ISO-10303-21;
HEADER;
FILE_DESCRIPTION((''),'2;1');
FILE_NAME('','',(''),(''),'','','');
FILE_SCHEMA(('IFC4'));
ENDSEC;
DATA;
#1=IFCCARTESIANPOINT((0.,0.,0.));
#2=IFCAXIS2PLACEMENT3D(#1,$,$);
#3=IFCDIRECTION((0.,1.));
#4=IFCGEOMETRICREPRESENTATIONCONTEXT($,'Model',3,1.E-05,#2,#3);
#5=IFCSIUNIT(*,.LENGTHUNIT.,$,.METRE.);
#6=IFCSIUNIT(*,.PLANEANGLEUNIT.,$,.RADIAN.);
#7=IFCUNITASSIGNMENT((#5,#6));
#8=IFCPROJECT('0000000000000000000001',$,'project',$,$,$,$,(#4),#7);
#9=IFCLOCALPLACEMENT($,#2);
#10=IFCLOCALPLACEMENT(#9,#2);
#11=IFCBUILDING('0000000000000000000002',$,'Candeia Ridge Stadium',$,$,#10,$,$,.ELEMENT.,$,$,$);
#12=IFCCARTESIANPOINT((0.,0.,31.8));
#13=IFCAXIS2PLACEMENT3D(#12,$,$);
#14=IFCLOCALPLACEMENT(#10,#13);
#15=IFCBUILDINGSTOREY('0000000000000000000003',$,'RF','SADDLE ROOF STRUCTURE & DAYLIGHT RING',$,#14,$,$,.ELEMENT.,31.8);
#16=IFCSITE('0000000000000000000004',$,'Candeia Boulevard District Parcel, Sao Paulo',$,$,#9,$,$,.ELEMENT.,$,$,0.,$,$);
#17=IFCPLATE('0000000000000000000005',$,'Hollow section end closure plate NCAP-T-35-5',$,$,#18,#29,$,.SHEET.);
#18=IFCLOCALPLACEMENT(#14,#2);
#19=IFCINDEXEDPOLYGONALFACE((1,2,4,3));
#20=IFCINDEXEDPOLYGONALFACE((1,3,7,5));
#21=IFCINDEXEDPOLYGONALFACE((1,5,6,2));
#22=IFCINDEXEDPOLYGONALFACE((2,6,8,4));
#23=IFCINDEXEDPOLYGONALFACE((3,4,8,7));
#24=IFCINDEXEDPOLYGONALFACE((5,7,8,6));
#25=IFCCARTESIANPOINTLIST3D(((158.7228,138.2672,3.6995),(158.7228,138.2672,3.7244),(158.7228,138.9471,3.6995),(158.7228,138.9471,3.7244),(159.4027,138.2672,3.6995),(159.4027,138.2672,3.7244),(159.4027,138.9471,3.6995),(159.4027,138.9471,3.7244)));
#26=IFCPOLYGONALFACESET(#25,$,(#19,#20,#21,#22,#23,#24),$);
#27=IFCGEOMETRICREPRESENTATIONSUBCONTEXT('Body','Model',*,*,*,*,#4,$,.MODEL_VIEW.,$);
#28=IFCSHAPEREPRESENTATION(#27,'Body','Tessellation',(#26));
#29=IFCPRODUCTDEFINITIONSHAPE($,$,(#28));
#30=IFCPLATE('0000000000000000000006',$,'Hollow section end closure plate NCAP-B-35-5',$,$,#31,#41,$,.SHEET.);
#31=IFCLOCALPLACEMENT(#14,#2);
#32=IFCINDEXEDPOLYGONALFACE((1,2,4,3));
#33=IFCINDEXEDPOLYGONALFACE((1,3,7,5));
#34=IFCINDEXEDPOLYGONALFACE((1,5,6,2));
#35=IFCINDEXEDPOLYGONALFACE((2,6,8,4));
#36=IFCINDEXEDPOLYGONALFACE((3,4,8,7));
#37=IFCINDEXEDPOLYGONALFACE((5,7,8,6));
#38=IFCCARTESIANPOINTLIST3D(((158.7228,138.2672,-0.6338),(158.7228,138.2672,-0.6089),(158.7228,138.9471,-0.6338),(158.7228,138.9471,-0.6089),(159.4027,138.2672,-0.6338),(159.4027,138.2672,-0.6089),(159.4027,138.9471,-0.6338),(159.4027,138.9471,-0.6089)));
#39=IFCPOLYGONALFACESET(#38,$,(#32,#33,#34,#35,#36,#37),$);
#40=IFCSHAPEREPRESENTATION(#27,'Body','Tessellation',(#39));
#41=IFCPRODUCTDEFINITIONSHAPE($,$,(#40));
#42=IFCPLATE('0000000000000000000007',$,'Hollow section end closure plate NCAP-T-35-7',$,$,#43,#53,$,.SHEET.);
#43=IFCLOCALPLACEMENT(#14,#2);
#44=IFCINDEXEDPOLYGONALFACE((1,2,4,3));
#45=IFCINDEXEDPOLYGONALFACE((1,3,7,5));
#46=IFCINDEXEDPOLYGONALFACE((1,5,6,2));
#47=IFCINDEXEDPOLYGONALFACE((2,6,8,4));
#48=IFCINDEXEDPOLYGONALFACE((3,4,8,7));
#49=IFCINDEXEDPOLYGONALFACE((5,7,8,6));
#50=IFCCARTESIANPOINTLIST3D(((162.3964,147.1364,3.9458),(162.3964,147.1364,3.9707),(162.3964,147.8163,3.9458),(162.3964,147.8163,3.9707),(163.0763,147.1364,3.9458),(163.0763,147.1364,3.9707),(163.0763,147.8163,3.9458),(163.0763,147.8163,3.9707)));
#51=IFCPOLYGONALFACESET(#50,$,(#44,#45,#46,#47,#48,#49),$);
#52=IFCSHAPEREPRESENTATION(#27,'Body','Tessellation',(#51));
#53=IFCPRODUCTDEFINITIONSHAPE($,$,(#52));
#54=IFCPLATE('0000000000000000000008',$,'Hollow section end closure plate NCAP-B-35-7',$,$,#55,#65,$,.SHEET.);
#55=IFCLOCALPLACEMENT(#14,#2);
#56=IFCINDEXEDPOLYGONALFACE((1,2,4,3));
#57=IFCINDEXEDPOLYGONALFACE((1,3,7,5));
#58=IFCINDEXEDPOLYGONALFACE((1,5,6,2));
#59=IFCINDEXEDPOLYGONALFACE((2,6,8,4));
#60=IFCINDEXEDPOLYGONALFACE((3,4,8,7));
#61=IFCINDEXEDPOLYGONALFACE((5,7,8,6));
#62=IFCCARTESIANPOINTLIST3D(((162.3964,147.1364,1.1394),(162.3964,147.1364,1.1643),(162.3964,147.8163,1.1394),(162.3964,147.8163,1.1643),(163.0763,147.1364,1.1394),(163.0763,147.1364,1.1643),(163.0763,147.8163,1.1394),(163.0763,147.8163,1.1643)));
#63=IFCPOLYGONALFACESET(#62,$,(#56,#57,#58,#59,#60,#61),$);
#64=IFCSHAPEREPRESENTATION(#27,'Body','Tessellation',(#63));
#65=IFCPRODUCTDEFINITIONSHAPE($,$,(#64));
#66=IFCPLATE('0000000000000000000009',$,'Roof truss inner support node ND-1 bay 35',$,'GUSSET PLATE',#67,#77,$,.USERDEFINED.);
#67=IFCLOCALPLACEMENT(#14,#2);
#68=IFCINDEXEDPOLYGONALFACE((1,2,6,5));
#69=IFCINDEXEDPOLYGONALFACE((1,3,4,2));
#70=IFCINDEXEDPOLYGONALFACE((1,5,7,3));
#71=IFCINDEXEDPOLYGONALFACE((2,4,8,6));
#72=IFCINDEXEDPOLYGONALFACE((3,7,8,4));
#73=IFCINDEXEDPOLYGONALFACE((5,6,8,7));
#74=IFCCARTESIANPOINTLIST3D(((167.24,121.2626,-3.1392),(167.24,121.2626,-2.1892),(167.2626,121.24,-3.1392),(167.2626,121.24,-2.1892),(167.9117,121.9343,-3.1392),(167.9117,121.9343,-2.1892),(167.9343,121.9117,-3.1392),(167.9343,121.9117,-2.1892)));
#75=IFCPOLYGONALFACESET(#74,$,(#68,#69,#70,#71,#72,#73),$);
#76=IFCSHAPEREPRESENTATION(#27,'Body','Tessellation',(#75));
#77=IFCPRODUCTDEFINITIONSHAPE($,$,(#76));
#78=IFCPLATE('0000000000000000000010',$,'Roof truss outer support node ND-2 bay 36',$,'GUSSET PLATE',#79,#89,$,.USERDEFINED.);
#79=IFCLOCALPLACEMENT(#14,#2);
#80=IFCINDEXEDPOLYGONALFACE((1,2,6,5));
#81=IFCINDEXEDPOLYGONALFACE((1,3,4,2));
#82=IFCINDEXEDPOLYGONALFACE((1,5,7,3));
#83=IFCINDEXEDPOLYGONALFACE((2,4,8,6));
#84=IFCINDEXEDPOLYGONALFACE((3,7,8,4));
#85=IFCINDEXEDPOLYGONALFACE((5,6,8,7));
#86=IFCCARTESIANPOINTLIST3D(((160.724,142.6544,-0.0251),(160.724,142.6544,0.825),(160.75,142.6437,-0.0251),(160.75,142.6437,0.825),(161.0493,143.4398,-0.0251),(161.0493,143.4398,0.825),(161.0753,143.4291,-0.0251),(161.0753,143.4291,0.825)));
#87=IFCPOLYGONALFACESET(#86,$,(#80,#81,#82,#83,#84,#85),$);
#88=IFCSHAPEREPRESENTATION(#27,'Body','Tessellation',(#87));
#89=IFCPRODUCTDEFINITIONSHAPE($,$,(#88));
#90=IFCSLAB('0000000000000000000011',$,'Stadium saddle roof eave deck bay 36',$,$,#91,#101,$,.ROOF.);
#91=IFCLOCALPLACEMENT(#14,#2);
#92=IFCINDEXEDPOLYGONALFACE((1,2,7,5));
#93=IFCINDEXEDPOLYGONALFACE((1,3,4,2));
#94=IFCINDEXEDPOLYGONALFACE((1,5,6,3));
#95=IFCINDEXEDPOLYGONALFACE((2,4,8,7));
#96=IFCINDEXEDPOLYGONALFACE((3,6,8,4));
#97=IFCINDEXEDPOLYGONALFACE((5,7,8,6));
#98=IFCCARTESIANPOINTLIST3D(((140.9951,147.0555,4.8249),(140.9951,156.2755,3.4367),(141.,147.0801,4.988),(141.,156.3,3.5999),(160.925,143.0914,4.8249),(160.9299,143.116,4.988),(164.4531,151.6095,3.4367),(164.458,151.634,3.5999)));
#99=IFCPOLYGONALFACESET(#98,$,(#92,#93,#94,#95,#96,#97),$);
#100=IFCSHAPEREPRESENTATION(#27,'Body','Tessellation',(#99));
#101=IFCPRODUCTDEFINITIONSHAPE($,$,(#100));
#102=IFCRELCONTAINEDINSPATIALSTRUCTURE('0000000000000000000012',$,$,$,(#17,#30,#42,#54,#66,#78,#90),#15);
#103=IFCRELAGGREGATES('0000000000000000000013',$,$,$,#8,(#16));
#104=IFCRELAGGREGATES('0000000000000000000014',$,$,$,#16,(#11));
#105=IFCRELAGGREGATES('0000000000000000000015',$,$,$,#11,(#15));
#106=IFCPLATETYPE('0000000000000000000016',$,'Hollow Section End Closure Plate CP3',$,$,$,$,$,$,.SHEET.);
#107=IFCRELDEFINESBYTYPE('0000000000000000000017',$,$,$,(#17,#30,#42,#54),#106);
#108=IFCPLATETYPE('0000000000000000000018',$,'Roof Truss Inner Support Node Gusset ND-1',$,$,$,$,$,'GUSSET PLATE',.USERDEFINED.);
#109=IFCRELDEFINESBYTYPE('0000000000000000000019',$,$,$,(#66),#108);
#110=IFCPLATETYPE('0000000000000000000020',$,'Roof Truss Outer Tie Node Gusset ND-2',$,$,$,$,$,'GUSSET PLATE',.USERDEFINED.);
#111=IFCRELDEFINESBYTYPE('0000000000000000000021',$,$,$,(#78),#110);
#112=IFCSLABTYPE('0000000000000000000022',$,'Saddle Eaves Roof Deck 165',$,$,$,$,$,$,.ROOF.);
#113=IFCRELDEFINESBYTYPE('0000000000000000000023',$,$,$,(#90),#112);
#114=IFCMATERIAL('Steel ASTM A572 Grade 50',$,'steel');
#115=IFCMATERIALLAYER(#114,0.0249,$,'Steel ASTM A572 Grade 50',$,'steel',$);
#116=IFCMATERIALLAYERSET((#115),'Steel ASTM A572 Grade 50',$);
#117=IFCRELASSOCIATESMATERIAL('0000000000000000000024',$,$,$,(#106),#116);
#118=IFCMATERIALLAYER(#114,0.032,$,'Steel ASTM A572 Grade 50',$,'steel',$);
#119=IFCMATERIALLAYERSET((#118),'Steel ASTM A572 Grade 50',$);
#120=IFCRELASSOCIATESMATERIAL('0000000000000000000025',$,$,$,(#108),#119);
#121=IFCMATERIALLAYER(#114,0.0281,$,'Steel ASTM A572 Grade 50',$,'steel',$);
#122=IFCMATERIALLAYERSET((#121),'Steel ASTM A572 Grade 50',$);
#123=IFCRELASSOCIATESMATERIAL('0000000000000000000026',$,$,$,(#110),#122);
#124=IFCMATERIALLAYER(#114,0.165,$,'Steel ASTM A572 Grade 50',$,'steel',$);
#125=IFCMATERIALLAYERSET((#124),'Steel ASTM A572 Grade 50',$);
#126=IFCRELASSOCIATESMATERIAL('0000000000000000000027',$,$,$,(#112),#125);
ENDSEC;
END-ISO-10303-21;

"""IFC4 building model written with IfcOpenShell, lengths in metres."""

from ifc_helpers import new_model, si_unit, direction, frame, origin, origin_2d, place, context, subcontext, project, spatial, polyline, rectangle, outline, extrude, material, layer, layer_set, type_object, element, save


model = new_model("IFC4")

# Units and contexts
model_context = context("Model", 3, precision=1e-05, world=origin(), true_north=direction((0.0, 1.0)))
body_context = subcontext(model_context, "Body", "Model", "MODEL_VIEW")
ifc_project = project(units=[si_unit("LENGTHUNIT", "METRE"), si_unit("PLANEANGLEUNIT", "RADIAN")], contexts=[model_context])

# Site, building, storey
site_placement = place(None, origin())
site = spatial("IfcSite", under=ifc_project, at=site_placement, Name="Candeia Boulevard District Parcel, Sao Paulo", CompositionType="ELEMENT", RefElevation=0.0)
building_placement = place(site_placement, origin())
building = spatial("IfcBuilding", under=site, at=building_placement, Name="Candeia Ridge Stadium", CompositionType="ELEMENT")
storey_placement = place(building_placement, frame((0.0, 0.0, 31.8)))
storey = spatial("IfcBuildingStorey", under=building, at=storey_placement, Name="RF", Description="SADDLE ROOF STRUCTURE & DAYLIGHT RING", CompositionType="ELEMENT", Elevation=31.8)

# Shared definitions
ifc_material_1 = material(Name="Steel ASTM A572 Grade 50", Category="steel")

# Plates
ifc_layer_1 = layer(ifc_material_1, 0.0249, Name="Steel ASTM A572 Grade 50", Category="steel")
ifc_layer_set_1 = layer_set([ifc_layer_1], Name="Steel ASTM A572 Grade 50")
plate_type_1 = type_object("IfcPlateType", Name="Hollow Section End Closure Plate CP3", PredefinedType="SHEET", material=ifc_layer_set_1)
for number, where, z_axis, x_axis, name in (
    (1, (159.0627, 138.6072, 3.6995), (0.0, 0.0, 1.0), (1.0, 0.0, 0.0), "Hollow section end closure plate NCAP-T-35-5"),
    (2, (159.0627, 138.6072, -0.6338), (0.0, 0.0, 1.0), (1.0, 0.0, 0.0), "Hollow section end closure plate NCAP-B-35-5"),
    (3, (162.7363, 147.4763, 3.9458), (0.0, 0.0, 1.0), (1.0, 0.0, 0.0), "Hollow section end closure plate NCAP-T-35-7"),
    (4, (162.7363, 147.4763, 1.1394), (0.0, 0.0, 1.0), (1.0, 0.0, 0.0), "Hollow section end closure plate NCAP-B-35-7"),
):
    element("IfcPlate", number, at=place(storey_placement, frame(where, z_axis=z_axis, x_axis=x_axis)), inside=storey, type_object=plate_type_1, Name=name, PredefinedType="SHEET", context=body_context, shape_type="SweptSolid", body=[
        extrude(rectangle(XDim=0.6799, YDim=0.6799, at=origin_2d()), origin(), (0.0, 0.0, 1.0), 0.0249),
    ])
ifc_layer_2 = layer(ifc_material_1, 0.032, Name="Steel ASTM A572 Grade 50", Category="steel")
ifc_layer_set_2 = layer_set([ifc_layer_2], Name="Steel ASTM A572 Grade 50")
plate_type_2 = type_object("IfcPlateType", Name="Roof Truss Inner Support Node Gusset ND-1", ElementType="GUSSET PLATE", PredefinedType="USERDEFINED", material=ifc_layer_set_2)
plate_1_placement = place(storey_placement, frame((167.5872, 121.5872, -3.1392), z_axis=(0.0, 0.0, 1.0), x_axis=(0.707107, 0.707107, 0.0)))
element("IfcPlate", 5, at=plate_1_placement, inside=storey, type_object=plate_type_2, Name="Roof truss inner support node ND-1 bay 35", ObjectType="GUSSET PLATE", PredefinedType="USERDEFINED", context=body_context, shape_type="SweptSolid", body=[
    extrude(rectangle(XDim=0.95, YDim=0.032, at=origin_2d()), origin(), (0.0, 0.0, 1.0), 0.95),
])
ifc_layer_3 = layer(ifc_material_1, 0.0281, Name="Steel ASTM A572 Grade 50", Category="steel")
ifc_layer_set_3 = layer_set([ifc_layer_3], Name="Steel ASTM A572 Grade 50")
plate_type_3 = type_object("IfcPlateType", Name="Roof Truss Outer Tie Node Gusset ND-2", ElementType="GUSSET PLATE", PredefinedType="USERDEFINED", material=ifc_layer_set_3)
plate_2_placement = place(storey_placement, frame((160.8997, 143.0417, -0.0251), z_axis=(0.0, 0.0, 1.0), x_axis=(0.382683, 0.92388, 0.0)))
element("IfcPlate", 6, at=plate_2_placement, inside=storey, type_object=plate_type_3, Name="Roof truss outer support node ND-2 bay 36", ObjectType="GUSSET PLATE", PredefinedType="USERDEFINED", context=body_context, shape_type="SweptSolid", body=[
    extrude(rectangle(XDim=0.8501, YDim=0.0281, at=origin_2d()), origin(), (0.0, 0.0, 1.0), 0.8501),
])

# Slab
ifc_layer_4 = layer(ifc_material_1, 0.165, Name="Steel ASTM A572 Grade 50", Category="steel")
ifc_layer_set_4 = layer_set([ifc_layer_4], Name="Steel ASTM A572 Grade 50")
slab_type = type_object("IfcSlabType", Name="Saddle Eaves Roof Deck 165", PredefinedType="ROOF", material=ifc_layer_set_4)
slab_placement = place(storey_placement, frame((160.9299, 143.116, 4.988), z_axis=(0.029601, 0.148821, 0.988421), x_axis=(-0.980787, 0.195081, 0.000001)))
element("IfcSlab", 7, at=slab_placement, inside=storey, type_object=slab_type, Name="Stadium saddle roof eave deck bay 36", PredefinedType="ROOF", context=body_context, shape_type="SweptSolid", body=[
    extrude(outline(polyline([(0.0, 0.0), (20.3203, 0.0), (22.119, -9.1488), (-1.7986, -9.1486), (0.0, 0.0)])), origin(), (0.0, 0.0, -1.0), 0.165),
])

save(model, "model.ifc")
